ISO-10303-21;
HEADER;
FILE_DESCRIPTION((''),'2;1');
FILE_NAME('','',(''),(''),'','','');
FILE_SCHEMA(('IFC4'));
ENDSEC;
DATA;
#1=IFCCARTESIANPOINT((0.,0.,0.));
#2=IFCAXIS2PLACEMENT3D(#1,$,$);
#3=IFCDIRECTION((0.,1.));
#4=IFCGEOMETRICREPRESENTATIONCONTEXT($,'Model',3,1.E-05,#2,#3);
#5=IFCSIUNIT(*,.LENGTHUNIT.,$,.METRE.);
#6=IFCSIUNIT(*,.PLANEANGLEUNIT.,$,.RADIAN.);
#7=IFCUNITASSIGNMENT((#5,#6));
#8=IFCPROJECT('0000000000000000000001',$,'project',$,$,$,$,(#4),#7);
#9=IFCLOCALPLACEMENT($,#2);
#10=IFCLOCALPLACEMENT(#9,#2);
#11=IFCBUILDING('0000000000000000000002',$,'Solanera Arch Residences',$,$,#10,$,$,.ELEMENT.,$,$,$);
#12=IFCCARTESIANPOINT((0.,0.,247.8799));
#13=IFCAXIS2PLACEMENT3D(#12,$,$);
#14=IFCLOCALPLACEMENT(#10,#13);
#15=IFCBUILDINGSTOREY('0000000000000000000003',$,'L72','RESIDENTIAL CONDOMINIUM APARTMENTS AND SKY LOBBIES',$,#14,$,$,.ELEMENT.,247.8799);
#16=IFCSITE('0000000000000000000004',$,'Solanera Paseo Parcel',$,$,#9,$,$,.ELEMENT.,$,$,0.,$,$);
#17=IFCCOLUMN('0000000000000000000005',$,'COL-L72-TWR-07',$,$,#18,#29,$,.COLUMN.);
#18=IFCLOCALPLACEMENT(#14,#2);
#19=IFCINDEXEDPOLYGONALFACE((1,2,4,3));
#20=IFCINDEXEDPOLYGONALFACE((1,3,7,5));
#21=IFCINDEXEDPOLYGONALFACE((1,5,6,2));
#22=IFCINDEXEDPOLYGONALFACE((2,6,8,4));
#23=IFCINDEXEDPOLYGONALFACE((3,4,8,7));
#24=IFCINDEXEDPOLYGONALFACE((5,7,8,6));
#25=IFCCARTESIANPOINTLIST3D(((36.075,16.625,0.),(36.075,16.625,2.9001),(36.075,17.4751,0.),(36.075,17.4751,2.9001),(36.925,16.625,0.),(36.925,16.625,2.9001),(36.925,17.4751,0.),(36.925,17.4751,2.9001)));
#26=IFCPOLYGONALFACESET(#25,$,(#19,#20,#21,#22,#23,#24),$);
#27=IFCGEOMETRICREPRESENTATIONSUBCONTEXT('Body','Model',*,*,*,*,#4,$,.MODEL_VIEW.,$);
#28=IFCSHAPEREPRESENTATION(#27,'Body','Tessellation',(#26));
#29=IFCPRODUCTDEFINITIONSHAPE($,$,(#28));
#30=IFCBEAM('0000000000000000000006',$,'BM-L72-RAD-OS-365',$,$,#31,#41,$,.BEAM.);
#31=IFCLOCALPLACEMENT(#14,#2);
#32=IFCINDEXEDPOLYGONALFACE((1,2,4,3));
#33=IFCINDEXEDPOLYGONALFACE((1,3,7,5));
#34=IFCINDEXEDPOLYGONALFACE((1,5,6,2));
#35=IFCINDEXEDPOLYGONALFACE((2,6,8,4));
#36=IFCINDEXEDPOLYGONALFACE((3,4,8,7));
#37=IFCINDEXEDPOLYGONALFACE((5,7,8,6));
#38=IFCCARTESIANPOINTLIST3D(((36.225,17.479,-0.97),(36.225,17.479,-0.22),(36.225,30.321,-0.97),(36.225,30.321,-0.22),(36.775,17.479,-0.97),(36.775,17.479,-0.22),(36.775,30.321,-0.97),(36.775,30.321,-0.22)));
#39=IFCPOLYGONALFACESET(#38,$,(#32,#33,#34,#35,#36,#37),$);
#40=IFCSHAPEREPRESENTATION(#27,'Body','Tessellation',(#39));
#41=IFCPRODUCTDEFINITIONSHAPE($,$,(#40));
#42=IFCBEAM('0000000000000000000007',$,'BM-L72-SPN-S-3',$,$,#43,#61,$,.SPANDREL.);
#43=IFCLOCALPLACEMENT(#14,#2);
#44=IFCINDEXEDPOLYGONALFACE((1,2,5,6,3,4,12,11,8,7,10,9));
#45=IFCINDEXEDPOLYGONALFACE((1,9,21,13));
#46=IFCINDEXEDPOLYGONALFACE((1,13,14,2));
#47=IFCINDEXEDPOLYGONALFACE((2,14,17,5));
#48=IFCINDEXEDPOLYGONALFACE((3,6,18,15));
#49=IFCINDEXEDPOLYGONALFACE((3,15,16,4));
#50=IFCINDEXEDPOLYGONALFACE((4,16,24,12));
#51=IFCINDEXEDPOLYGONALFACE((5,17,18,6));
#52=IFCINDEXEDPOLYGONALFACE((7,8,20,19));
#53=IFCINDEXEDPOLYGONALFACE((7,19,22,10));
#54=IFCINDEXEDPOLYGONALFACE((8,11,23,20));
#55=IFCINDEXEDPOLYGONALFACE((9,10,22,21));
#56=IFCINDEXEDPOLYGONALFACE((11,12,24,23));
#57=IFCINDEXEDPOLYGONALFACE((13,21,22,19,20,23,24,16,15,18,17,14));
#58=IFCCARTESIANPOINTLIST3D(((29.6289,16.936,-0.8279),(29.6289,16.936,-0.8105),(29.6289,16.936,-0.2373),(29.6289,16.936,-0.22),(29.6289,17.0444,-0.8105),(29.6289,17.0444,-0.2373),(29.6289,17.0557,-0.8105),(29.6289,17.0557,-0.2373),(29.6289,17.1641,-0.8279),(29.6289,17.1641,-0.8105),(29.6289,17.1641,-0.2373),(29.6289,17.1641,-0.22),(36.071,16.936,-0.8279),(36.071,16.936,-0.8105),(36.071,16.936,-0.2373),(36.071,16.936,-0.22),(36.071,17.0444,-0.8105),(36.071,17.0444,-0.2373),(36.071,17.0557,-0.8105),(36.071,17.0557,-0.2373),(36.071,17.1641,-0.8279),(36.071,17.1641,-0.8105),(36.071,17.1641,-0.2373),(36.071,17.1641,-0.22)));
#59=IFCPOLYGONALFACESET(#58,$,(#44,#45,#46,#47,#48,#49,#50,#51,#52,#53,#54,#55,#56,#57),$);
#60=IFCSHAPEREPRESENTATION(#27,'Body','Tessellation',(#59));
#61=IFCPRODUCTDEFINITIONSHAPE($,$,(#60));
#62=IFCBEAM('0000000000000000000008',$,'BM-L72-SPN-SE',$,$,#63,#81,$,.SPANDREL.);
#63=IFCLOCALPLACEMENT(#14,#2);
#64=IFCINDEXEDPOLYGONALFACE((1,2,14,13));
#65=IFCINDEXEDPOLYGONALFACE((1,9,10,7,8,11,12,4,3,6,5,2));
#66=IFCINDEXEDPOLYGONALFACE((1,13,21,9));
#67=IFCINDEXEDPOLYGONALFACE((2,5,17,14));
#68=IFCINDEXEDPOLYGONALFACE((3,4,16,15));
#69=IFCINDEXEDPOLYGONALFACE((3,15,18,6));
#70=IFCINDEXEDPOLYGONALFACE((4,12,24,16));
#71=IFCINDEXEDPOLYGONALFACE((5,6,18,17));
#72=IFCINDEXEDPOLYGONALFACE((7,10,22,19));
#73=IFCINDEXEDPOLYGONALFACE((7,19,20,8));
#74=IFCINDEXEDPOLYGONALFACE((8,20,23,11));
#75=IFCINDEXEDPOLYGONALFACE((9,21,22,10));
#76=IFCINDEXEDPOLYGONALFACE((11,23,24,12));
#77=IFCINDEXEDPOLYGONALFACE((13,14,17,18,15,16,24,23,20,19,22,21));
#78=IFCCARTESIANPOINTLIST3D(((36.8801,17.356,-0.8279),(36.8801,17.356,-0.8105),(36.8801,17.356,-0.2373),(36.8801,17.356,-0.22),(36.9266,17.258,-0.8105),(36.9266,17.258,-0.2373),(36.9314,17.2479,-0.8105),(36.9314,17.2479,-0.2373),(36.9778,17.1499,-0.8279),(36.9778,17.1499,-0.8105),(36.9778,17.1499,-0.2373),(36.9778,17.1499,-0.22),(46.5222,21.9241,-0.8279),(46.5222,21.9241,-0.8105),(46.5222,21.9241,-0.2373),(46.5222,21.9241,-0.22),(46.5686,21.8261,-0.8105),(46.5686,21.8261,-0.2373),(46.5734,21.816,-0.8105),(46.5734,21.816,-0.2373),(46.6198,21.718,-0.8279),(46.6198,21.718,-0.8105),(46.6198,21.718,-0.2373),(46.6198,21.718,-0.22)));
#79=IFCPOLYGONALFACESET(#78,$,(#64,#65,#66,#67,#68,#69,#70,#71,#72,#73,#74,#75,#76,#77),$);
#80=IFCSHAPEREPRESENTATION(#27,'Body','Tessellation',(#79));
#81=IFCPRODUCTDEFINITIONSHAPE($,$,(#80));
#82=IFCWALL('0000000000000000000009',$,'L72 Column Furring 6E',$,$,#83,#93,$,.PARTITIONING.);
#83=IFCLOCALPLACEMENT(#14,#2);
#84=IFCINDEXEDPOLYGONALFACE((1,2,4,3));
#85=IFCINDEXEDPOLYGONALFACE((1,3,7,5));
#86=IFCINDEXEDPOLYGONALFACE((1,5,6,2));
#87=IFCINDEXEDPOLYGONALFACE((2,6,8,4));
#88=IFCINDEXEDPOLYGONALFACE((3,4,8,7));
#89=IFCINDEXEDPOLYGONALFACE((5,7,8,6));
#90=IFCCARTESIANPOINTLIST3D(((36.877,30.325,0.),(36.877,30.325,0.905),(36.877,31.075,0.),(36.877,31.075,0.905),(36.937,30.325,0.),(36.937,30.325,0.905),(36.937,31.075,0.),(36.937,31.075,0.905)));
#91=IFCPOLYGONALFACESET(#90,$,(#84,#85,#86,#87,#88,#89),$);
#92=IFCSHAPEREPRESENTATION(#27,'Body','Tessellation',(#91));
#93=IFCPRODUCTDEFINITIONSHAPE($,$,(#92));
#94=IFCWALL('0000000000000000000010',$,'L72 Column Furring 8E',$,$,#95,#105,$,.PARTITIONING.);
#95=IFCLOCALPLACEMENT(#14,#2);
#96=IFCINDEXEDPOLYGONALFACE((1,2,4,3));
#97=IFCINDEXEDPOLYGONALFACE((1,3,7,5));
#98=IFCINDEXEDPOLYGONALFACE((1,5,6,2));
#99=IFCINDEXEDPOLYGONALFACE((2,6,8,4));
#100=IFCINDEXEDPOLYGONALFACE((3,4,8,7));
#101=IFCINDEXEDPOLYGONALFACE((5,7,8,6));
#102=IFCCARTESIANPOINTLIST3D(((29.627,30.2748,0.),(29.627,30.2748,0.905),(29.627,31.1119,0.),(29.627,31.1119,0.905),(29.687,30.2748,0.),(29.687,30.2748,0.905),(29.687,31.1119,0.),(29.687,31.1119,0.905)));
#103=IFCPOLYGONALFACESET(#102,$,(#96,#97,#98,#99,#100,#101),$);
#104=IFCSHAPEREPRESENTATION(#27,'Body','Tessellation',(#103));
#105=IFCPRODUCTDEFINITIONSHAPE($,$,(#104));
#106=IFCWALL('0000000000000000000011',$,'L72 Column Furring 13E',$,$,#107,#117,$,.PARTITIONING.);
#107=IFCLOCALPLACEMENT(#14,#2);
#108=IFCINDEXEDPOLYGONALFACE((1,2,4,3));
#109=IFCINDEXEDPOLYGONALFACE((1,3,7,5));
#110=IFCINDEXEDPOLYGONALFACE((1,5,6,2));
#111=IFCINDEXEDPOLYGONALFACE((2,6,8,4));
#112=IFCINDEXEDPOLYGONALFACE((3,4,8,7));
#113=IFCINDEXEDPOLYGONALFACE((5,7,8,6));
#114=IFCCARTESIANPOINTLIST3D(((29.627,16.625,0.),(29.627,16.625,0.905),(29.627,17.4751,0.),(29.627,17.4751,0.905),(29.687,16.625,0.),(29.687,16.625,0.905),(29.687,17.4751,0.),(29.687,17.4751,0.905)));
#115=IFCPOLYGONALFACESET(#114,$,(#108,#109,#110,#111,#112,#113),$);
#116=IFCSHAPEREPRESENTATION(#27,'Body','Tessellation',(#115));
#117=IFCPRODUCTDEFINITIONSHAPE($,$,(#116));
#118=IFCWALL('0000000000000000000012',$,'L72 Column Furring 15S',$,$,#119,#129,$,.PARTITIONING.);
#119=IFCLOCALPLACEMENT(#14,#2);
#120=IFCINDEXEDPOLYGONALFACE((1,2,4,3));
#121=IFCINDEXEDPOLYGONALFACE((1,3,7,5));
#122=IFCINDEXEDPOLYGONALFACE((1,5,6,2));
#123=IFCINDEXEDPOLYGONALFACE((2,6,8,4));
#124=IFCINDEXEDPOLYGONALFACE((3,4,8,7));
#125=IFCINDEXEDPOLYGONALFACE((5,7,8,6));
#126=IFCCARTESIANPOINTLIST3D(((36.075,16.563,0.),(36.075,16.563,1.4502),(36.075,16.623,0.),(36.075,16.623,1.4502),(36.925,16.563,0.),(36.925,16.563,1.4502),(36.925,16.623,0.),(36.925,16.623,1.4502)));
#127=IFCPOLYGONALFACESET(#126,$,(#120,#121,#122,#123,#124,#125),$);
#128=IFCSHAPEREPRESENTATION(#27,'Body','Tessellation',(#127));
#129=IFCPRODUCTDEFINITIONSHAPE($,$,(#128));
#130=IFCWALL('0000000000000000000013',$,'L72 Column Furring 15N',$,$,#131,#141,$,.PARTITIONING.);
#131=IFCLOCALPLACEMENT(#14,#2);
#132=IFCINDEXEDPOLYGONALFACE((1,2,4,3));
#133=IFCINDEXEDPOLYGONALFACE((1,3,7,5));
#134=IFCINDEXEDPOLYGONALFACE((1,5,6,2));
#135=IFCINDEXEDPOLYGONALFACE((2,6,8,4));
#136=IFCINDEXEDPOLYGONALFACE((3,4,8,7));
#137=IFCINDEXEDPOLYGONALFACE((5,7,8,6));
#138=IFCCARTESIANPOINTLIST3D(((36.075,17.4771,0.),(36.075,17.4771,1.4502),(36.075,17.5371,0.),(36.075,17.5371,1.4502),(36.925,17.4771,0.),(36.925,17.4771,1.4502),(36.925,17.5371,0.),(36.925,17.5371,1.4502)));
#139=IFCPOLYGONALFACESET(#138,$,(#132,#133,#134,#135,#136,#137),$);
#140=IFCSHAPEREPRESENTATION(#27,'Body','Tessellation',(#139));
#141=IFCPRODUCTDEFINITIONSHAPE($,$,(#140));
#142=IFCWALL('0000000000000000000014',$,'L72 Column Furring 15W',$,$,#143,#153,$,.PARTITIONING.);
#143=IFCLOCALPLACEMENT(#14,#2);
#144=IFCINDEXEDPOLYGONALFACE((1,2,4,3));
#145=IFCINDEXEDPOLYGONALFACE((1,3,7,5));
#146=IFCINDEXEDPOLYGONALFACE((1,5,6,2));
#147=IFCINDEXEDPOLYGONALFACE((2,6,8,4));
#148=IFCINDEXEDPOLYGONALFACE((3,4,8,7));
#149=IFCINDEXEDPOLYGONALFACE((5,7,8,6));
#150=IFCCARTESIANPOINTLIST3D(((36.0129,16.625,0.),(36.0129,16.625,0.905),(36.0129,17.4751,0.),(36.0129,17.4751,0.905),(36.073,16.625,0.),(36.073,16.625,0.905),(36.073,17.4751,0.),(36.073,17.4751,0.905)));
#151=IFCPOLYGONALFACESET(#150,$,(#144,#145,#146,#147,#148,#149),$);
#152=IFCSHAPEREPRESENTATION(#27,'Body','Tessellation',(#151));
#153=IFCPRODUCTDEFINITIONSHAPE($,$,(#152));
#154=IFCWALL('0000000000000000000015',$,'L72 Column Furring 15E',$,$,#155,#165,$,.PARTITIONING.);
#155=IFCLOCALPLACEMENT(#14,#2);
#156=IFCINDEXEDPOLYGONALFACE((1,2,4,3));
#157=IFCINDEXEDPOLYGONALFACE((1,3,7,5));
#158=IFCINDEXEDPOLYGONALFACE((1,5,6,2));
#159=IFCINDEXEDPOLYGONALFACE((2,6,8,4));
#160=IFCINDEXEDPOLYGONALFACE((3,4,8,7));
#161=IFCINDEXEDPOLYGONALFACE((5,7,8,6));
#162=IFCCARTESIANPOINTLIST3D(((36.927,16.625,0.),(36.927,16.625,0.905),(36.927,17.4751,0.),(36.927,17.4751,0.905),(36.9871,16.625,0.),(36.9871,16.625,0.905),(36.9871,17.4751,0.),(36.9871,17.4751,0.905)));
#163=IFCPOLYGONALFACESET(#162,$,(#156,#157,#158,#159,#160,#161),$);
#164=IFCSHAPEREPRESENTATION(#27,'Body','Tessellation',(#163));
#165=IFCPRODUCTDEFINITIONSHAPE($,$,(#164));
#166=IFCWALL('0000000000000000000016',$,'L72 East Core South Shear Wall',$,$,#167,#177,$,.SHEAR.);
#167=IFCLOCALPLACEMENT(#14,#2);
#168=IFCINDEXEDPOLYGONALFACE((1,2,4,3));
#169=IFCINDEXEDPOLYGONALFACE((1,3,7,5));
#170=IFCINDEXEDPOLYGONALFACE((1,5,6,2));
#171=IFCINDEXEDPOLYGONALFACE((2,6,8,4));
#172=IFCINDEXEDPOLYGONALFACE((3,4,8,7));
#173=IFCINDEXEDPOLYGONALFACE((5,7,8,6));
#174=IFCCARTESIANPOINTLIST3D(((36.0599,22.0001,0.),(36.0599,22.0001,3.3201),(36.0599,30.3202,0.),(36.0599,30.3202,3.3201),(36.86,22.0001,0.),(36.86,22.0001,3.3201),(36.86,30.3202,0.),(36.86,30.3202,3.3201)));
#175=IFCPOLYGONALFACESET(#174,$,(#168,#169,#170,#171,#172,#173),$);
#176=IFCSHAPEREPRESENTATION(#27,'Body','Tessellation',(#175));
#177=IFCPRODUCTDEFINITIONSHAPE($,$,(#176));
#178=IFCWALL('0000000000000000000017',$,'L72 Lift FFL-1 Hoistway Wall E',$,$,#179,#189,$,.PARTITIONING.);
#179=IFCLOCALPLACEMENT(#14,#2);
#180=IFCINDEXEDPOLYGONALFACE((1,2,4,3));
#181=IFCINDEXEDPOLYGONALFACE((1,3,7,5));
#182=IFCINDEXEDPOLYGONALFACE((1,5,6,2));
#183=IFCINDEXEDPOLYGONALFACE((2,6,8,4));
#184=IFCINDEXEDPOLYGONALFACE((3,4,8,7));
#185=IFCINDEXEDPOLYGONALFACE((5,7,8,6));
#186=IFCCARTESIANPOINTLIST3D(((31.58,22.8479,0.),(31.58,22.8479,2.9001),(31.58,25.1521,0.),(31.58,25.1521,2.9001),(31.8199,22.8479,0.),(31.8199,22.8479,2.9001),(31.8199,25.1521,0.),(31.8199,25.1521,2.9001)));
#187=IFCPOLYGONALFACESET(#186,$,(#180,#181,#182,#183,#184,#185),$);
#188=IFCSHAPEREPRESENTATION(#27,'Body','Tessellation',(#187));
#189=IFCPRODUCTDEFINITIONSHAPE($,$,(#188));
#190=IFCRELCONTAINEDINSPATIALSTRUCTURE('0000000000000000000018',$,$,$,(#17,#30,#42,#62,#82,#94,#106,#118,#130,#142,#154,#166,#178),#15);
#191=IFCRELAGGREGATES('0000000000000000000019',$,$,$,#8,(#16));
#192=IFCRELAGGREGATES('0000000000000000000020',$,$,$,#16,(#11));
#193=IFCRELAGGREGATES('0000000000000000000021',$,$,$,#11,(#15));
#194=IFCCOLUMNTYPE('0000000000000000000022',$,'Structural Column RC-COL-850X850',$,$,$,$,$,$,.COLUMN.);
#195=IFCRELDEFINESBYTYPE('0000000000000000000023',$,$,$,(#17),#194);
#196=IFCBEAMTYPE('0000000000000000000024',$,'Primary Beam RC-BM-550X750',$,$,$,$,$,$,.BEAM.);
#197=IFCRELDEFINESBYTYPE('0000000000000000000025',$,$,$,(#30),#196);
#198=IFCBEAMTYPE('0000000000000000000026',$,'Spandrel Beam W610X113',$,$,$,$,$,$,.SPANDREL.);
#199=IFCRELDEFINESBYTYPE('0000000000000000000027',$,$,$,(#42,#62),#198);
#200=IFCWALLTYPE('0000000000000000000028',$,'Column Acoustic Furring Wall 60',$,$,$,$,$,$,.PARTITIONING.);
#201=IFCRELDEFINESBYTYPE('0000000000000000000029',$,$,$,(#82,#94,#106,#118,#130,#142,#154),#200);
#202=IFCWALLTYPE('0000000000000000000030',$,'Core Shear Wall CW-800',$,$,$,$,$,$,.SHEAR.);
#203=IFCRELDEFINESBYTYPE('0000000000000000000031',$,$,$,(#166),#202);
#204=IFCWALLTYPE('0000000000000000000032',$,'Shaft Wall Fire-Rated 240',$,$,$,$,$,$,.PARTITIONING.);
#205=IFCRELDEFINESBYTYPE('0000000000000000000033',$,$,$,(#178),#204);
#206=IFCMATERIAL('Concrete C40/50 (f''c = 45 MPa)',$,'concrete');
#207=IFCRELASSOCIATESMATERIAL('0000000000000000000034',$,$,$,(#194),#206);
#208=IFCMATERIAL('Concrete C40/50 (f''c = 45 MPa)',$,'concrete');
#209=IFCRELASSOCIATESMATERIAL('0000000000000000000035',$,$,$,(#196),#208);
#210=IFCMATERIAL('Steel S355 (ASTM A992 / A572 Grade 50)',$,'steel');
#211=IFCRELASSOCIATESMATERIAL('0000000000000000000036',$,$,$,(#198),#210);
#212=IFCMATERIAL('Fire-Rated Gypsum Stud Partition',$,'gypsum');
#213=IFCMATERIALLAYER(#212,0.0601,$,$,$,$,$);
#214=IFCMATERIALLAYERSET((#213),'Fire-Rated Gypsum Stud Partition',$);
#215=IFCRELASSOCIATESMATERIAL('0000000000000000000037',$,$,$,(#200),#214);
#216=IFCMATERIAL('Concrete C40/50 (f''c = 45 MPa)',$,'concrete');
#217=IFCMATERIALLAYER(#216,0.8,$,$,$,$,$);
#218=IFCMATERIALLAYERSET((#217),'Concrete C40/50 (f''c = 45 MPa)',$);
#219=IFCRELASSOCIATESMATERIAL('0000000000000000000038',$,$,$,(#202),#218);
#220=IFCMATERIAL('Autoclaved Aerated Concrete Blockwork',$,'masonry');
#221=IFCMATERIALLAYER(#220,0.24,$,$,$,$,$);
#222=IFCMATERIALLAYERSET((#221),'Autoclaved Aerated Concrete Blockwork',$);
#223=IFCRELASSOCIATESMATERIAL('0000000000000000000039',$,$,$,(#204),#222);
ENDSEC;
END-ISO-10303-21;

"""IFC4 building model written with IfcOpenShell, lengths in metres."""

from ifc_helpers import new_model, si_unit, direction, frame, frame_2d, origin, origin_2d, place, context, subcontext, project, spatial, rectangle, i_section, extrude, material, layer, layer_set, material_profile, profile_set, type_object, element, save


model = new_model("IFC4")

# Units and contexts
model_context = context("Model", 3, precision=1e-05, world=origin(), true_north=direction((0.0, 1.0)))
body_context = subcontext(model_context, "Body", "Model", "MODEL_VIEW")
ifc_project = project(units=[si_unit("LENGTHUNIT", "METRE"), si_unit("PLANEANGLEUNIT", "RADIAN")], contexts=[model_context])

# Site, building, storey
site_placement = place(None, origin())
site = spatial("IfcSite", under=ifc_project, at=site_placement, Name="Solanera Paseo Parcel", CompositionType="ELEMENT", RefElevation=0.0)
building_placement = place(site_placement, origin())
building = spatial("IfcBuilding", under=site, at=building_placement, Name="Solanera Arch Residences", CompositionType="ELEMENT")
storey_placement = place(building_placement, frame((0.0, 0.0, 247.8799)))
storey = spatial("IfcBuildingStorey", under=building, at=storey_placement, Name="L72", Description="RESIDENTIAL CONDOMINIUM APARTMENTS AND SKY LOBBIES", CompositionType="ELEMENT", Elevation=247.8799)

# Column
ifc_material_1 = material(Name="Concrete C40/50 (f'c = 45 MPa)", Category="concrete")
ifc_material_profile_1 = material_profile(ifc_material_1, rectangle(XDim=0.8501, YDim=0.8501, at=origin_2d()))
ifc_profile_set_1 = profile_set([ifc_material_profile_1], Name="Concrete C40/50 (f'c = 45 MPa)")
column_type = type_object("IfcColumnType", Name="Structural Column RC-COL-850X850", PredefinedType="COLUMN", material=ifc_profile_set_1)
column_placement = place(storey_placement, frame((36.5, 17.05, 0.0), z_axis=(0.0, 0.0, 1.0), x_axis=(1.0, 0.0, 0.0)))
element("IfcColumn", 1, at=column_placement, inside=storey, type_object=column_type, Name="COL-L72-TWR-07", PredefinedType="COLUMN", context=body_context, shape_type="SweptSolid", body=[
    extrude(rectangle(XDim=0.8501, YDim=0.8501, at=origin_2d()), origin(), (0.0, 0.0, 1.0), 2.9001),
])

# Beams
ifc_material_2 = material(Name="Concrete C40/50 (f'c = 45 MPa)", Category="concrete")
ifc_material_profile_2 = material_profile(ifc_material_2, rectangle(XDim=0.55, YDim=0.75, at=origin_2d()))
ifc_profile_set_2 = profile_set([ifc_material_profile_2], Name="Concrete C40/50 (f'c = 45 MPa)")
beam_type_1 = type_object("IfcBeamType", Name="Primary Beam RC-BM-550X750", PredefinedType="BEAM", material=ifc_profile_set_2)
beam_1_placement = place(storey_placement, frame((36.5, 17.479, -0.595), z_axis=(0.0, 1.0, 0.0), x_axis=(-1.0, 0.0, 0.0)))
element("IfcBeam", 2, at=beam_1_placement, inside=storey, type_object=beam_type_1, Name="BM-L72-RAD-OS-365", PredefinedType="BEAM", context=body_context, shape_type="SweptSolid", body=[
    extrude(rectangle(XDim=0.55, YDim=0.75, at=origin_2d()), origin(), (0.0, 0.0, 1.0), 12.842),
])
ifc_material_3 = material(Name="Steel S355 (ASTM A992 / A572 Grade 50)", Category="steel")
ifc_material_profile_3 = material_profile(ifc_material_3, i_section(OverallWidth=0.228, OverallDepth=0.6079, WebThickness=0.0112, FlangeThickness=0.0173, at=origin_2d()))
ifc_profile_set_3 = profile_set([ifc_material_profile_3], Name="Steel S355 (ASTM A992 / A572 Grade 50)")
beam_type_2 = type_object("IfcBeamType", Name="Spandrel Beam W610X113", PredefinedType="SPANDREL", material=ifc_profile_set_3)
beam_2_placement = place(storey_placement, frame((29.6289, 17.05, -0.5239), z_axis=(1.0, 0.0, 0.0), x_axis=(0.0, 1.0, 0.0)))
element("IfcBeam", 3, at=beam_2_placement, inside=storey, type_object=beam_type_2, Name="BM-L72-SPN-S-3", PredefinedType="SPANDREL", context=body_context, shape_type="SweptSolid", body=[
    extrude(i_section(OverallWidth=0.228, OverallDepth=0.6079, WebThickness=0.0112, FlangeThickness=0.0173, at=origin_2d()), origin(), (0.0, 0.0, 1.0), 6.4421),
])
beam_3_placement = place(storey_placement, frame((36.929, 17.2529, -0.5239), z_axis=(0.903708, 0.428148, 0.0), x_axis=(-0.428148, 0.903708, 0.0)))
element("IfcBeam", 4, at=beam_3_placement, inside=storey, type_object=beam_type_2, Name="BM-L72-SPN-SE", PredefinedType="SPANDREL", context=body_context, shape_type="SweptSolid", body=[
    extrude(i_section(OverallWidth=0.228, OverallDepth=0.6079, WebThickness=0.0112, FlangeThickness=0.0173, at=origin_2d()), origin(), (0.0, 0.0, 1.0), 10.6694),
])

# Walls
ifc_material_4 = material(Name="Fire-Rated Gypsum Stud Partition", Category="gypsum")
ifc_layer_1 = layer(ifc_material_4, 0.0601)
ifc_layer_set_1 = layer_set([ifc_layer_1], Name="Fire-Rated Gypsum Stud Partition")
wall_type_1 = type_object("IfcWallType", Name="Column Acoustic Furring Wall 60", PredefinedType="PARTITIONING", material=ifc_layer_set_1)
wall_1_placement = place(storey_placement, frame((36.907, 30.325, 0.0), z_axis=(0.0, 0.0, 1.0), x_axis=(0.0, 1.0, 0.0)))
element("IfcWall", 5, at=wall_1_placement, inside=storey, type_object=wall_type_1, Name="L72 Column Furring 6E", PredefinedType="PARTITIONING", context=body_context, shape_type="SweptSolid", body=[
    extrude(rectangle(XDim=0.75, YDim=0.0601, at=frame_2d((0.375, 0.0))), origin(), (0.0, 0.0, 1.0), 0.905),
])
wall_2_placement = place(storey_placement, frame((29.657, 30.2749, 0.0), z_axis=(0.0, 0.0, 1.0), x_axis=(0.0, 1.0, 0.0)))
element("IfcWall", 6, at=wall_2_placement, inside=storey, type_object=wall_type_1, Name="L72 Column Furring 8E", PredefinedType="PARTITIONING", context=body_context, shape_type="SweptSolid", body=[
    extrude(rectangle(XDim=0.8372, YDim=0.0601, at=frame_2d((0.4185, 0.0))), origin(), (0.0, 0.0, 1.0), 0.905),
])
wall_3_placement = place(storey_placement, frame((29.657, 16.625, 0.0), z_axis=(0.0, 0.0, 1.0), x_axis=(0.0, 1.0, 0.0)))
element("IfcWall", 7, at=wall_3_placement, inside=storey, type_object=wall_type_1, Name="L72 Column Furring 13E", PredefinedType="PARTITIONING", context=body_context, shape_type="SweptSolid", body=[
    extrude(rectangle(XDim=0.8501, YDim=0.0601, at=frame_2d((0.425, 0.0))), origin(), (0.0, 0.0, 1.0), 0.905),
])
for number, where, z_axis, x_axis, name in (
    (8, (36.075, 16.593, 0.0), (0.0, 0.0, 1.0), (1.0, 0.0, 0.0), "L72 Column Furring 15S"),
    (9, (36.075, 17.5071, 0.0), (0.0, 0.0, 1.0), (1.0, 0.0, 0.0), "L72 Column Furring 15N"),
):
    element("IfcWall", number, at=place(storey_placement, frame(where, z_axis=z_axis, x_axis=x_axis)), inside=storey, type_object=wall_type_1, Name=name, PredefinedType="PARTITIONING", context=body_context, shape_type="SweptSolid", body=[
        extrude(rectangle(XDim=0.8501, YDim=0.0601, at=frame_2d((0.425, 0.0))), origin(), (0.0, 0.0, 1.0), 1.4502),
    ])
for number, where, z_axis, x_axis, name in (
    (10, (36.043, 16.625, 0.0), (0.0, 0.0, 1.0), (0.0, 1.0, 0.0), "L72 Column Furring 15W"),
    (11, (36.957, 16.625, 0.0), (0.0, 0.0, 1.0), (0.0, 1.0, 0.0), "L72 Column Furring 15E"),
):
    element("IfcWall", number, at=place(storey_placement, frame(where, z_axis=z_axis, x_axis=x_axis)), inside=storey, type_object=wall_type_1, Name=name, PredefinedType="PARTITIONING", context=body_context, shape_type="SweptSolid", body=[
        extrude(rectangle(XDim=0.8501, YDim=0.0601, at=frame_2d((0.425, 0.0))), origin(), (0.0, 0.0, 1.0), 0.905),
    ])
ifc_material_5 = material(Name="Concrete C40/50 (f'c = 45 MPa)", Category="concrete")
ifc_layer_2 = layer(ifc_material_5, 0.8)
ifc_layer_set_2 = layer_set([ifc_layer_2], Name="Concrete C40/50 (f'c = 45 MPa)")
wall_type_2 = type_object("IfcWallType", Name="Core Shear Wall CW-800", PredefinedType="SHEAR", material=ifc_layer_set_2)
wall_4_placement = place(storey_placement, frame((36.46, 22.0, 0.0), z_axis=(0.0, 0.0, 1.0), x_axis=(0.0, 1.0, 0.0)))
element("IfcWall", 12, at=wall_4_placement, inside=storey, type_object=wall_type_2, Name="L72 East Core South Shear Wall", PredefinedType="SHEAR", context=body_context, shape_type="SweptSolid", body=[
    extrude(rectangle(XDim=8.3201, YDim=0.8, at=frame_2d((4.1602, 0.0))), origin(), (0.0, 0.0, 1.0), 3.3201),
])
ifc_material_6 = material(Name="Autoclaved Aerated Concrete Blockwork", Category="masonry")
ifc_layer_3 = layer(ifc_material_6, 0.24)
ifc_layer_set_3 = layer_set([ifc_layer_3], Name="Autoclaved Aerated Concrete Blockwork")
wall_type_3 = type_object("IfcWallType", Name="Shaft Wall Fire-Rated 240", PredefinedType="PARTITIONING", material=ifc_layer_set_3)
wall_5_placement = place(storey_placement, frame((31.7, 22.8479, 0.0), z_axis=(0.0, 0.0, 1.0), x_axis=(0.0, 1.0, 0.0)))
element("IfcWall", 13, at=wall_5_placement, inside=storey, type_object=wall_type_3, Name="L72 Lift FFL-1 Hoistway Wall E", PredefinedType="PARTITIONING", context=body_context, shape_type="SweptSolid", body=[
    extrude(rectangle(XDim=2.3042, YDim=0.24, at=frame_2d((1.1521, 0.0))), origin(), (0.0, 0.0, 1.0), 2.9001),
])

save(model, "model.ifc")
